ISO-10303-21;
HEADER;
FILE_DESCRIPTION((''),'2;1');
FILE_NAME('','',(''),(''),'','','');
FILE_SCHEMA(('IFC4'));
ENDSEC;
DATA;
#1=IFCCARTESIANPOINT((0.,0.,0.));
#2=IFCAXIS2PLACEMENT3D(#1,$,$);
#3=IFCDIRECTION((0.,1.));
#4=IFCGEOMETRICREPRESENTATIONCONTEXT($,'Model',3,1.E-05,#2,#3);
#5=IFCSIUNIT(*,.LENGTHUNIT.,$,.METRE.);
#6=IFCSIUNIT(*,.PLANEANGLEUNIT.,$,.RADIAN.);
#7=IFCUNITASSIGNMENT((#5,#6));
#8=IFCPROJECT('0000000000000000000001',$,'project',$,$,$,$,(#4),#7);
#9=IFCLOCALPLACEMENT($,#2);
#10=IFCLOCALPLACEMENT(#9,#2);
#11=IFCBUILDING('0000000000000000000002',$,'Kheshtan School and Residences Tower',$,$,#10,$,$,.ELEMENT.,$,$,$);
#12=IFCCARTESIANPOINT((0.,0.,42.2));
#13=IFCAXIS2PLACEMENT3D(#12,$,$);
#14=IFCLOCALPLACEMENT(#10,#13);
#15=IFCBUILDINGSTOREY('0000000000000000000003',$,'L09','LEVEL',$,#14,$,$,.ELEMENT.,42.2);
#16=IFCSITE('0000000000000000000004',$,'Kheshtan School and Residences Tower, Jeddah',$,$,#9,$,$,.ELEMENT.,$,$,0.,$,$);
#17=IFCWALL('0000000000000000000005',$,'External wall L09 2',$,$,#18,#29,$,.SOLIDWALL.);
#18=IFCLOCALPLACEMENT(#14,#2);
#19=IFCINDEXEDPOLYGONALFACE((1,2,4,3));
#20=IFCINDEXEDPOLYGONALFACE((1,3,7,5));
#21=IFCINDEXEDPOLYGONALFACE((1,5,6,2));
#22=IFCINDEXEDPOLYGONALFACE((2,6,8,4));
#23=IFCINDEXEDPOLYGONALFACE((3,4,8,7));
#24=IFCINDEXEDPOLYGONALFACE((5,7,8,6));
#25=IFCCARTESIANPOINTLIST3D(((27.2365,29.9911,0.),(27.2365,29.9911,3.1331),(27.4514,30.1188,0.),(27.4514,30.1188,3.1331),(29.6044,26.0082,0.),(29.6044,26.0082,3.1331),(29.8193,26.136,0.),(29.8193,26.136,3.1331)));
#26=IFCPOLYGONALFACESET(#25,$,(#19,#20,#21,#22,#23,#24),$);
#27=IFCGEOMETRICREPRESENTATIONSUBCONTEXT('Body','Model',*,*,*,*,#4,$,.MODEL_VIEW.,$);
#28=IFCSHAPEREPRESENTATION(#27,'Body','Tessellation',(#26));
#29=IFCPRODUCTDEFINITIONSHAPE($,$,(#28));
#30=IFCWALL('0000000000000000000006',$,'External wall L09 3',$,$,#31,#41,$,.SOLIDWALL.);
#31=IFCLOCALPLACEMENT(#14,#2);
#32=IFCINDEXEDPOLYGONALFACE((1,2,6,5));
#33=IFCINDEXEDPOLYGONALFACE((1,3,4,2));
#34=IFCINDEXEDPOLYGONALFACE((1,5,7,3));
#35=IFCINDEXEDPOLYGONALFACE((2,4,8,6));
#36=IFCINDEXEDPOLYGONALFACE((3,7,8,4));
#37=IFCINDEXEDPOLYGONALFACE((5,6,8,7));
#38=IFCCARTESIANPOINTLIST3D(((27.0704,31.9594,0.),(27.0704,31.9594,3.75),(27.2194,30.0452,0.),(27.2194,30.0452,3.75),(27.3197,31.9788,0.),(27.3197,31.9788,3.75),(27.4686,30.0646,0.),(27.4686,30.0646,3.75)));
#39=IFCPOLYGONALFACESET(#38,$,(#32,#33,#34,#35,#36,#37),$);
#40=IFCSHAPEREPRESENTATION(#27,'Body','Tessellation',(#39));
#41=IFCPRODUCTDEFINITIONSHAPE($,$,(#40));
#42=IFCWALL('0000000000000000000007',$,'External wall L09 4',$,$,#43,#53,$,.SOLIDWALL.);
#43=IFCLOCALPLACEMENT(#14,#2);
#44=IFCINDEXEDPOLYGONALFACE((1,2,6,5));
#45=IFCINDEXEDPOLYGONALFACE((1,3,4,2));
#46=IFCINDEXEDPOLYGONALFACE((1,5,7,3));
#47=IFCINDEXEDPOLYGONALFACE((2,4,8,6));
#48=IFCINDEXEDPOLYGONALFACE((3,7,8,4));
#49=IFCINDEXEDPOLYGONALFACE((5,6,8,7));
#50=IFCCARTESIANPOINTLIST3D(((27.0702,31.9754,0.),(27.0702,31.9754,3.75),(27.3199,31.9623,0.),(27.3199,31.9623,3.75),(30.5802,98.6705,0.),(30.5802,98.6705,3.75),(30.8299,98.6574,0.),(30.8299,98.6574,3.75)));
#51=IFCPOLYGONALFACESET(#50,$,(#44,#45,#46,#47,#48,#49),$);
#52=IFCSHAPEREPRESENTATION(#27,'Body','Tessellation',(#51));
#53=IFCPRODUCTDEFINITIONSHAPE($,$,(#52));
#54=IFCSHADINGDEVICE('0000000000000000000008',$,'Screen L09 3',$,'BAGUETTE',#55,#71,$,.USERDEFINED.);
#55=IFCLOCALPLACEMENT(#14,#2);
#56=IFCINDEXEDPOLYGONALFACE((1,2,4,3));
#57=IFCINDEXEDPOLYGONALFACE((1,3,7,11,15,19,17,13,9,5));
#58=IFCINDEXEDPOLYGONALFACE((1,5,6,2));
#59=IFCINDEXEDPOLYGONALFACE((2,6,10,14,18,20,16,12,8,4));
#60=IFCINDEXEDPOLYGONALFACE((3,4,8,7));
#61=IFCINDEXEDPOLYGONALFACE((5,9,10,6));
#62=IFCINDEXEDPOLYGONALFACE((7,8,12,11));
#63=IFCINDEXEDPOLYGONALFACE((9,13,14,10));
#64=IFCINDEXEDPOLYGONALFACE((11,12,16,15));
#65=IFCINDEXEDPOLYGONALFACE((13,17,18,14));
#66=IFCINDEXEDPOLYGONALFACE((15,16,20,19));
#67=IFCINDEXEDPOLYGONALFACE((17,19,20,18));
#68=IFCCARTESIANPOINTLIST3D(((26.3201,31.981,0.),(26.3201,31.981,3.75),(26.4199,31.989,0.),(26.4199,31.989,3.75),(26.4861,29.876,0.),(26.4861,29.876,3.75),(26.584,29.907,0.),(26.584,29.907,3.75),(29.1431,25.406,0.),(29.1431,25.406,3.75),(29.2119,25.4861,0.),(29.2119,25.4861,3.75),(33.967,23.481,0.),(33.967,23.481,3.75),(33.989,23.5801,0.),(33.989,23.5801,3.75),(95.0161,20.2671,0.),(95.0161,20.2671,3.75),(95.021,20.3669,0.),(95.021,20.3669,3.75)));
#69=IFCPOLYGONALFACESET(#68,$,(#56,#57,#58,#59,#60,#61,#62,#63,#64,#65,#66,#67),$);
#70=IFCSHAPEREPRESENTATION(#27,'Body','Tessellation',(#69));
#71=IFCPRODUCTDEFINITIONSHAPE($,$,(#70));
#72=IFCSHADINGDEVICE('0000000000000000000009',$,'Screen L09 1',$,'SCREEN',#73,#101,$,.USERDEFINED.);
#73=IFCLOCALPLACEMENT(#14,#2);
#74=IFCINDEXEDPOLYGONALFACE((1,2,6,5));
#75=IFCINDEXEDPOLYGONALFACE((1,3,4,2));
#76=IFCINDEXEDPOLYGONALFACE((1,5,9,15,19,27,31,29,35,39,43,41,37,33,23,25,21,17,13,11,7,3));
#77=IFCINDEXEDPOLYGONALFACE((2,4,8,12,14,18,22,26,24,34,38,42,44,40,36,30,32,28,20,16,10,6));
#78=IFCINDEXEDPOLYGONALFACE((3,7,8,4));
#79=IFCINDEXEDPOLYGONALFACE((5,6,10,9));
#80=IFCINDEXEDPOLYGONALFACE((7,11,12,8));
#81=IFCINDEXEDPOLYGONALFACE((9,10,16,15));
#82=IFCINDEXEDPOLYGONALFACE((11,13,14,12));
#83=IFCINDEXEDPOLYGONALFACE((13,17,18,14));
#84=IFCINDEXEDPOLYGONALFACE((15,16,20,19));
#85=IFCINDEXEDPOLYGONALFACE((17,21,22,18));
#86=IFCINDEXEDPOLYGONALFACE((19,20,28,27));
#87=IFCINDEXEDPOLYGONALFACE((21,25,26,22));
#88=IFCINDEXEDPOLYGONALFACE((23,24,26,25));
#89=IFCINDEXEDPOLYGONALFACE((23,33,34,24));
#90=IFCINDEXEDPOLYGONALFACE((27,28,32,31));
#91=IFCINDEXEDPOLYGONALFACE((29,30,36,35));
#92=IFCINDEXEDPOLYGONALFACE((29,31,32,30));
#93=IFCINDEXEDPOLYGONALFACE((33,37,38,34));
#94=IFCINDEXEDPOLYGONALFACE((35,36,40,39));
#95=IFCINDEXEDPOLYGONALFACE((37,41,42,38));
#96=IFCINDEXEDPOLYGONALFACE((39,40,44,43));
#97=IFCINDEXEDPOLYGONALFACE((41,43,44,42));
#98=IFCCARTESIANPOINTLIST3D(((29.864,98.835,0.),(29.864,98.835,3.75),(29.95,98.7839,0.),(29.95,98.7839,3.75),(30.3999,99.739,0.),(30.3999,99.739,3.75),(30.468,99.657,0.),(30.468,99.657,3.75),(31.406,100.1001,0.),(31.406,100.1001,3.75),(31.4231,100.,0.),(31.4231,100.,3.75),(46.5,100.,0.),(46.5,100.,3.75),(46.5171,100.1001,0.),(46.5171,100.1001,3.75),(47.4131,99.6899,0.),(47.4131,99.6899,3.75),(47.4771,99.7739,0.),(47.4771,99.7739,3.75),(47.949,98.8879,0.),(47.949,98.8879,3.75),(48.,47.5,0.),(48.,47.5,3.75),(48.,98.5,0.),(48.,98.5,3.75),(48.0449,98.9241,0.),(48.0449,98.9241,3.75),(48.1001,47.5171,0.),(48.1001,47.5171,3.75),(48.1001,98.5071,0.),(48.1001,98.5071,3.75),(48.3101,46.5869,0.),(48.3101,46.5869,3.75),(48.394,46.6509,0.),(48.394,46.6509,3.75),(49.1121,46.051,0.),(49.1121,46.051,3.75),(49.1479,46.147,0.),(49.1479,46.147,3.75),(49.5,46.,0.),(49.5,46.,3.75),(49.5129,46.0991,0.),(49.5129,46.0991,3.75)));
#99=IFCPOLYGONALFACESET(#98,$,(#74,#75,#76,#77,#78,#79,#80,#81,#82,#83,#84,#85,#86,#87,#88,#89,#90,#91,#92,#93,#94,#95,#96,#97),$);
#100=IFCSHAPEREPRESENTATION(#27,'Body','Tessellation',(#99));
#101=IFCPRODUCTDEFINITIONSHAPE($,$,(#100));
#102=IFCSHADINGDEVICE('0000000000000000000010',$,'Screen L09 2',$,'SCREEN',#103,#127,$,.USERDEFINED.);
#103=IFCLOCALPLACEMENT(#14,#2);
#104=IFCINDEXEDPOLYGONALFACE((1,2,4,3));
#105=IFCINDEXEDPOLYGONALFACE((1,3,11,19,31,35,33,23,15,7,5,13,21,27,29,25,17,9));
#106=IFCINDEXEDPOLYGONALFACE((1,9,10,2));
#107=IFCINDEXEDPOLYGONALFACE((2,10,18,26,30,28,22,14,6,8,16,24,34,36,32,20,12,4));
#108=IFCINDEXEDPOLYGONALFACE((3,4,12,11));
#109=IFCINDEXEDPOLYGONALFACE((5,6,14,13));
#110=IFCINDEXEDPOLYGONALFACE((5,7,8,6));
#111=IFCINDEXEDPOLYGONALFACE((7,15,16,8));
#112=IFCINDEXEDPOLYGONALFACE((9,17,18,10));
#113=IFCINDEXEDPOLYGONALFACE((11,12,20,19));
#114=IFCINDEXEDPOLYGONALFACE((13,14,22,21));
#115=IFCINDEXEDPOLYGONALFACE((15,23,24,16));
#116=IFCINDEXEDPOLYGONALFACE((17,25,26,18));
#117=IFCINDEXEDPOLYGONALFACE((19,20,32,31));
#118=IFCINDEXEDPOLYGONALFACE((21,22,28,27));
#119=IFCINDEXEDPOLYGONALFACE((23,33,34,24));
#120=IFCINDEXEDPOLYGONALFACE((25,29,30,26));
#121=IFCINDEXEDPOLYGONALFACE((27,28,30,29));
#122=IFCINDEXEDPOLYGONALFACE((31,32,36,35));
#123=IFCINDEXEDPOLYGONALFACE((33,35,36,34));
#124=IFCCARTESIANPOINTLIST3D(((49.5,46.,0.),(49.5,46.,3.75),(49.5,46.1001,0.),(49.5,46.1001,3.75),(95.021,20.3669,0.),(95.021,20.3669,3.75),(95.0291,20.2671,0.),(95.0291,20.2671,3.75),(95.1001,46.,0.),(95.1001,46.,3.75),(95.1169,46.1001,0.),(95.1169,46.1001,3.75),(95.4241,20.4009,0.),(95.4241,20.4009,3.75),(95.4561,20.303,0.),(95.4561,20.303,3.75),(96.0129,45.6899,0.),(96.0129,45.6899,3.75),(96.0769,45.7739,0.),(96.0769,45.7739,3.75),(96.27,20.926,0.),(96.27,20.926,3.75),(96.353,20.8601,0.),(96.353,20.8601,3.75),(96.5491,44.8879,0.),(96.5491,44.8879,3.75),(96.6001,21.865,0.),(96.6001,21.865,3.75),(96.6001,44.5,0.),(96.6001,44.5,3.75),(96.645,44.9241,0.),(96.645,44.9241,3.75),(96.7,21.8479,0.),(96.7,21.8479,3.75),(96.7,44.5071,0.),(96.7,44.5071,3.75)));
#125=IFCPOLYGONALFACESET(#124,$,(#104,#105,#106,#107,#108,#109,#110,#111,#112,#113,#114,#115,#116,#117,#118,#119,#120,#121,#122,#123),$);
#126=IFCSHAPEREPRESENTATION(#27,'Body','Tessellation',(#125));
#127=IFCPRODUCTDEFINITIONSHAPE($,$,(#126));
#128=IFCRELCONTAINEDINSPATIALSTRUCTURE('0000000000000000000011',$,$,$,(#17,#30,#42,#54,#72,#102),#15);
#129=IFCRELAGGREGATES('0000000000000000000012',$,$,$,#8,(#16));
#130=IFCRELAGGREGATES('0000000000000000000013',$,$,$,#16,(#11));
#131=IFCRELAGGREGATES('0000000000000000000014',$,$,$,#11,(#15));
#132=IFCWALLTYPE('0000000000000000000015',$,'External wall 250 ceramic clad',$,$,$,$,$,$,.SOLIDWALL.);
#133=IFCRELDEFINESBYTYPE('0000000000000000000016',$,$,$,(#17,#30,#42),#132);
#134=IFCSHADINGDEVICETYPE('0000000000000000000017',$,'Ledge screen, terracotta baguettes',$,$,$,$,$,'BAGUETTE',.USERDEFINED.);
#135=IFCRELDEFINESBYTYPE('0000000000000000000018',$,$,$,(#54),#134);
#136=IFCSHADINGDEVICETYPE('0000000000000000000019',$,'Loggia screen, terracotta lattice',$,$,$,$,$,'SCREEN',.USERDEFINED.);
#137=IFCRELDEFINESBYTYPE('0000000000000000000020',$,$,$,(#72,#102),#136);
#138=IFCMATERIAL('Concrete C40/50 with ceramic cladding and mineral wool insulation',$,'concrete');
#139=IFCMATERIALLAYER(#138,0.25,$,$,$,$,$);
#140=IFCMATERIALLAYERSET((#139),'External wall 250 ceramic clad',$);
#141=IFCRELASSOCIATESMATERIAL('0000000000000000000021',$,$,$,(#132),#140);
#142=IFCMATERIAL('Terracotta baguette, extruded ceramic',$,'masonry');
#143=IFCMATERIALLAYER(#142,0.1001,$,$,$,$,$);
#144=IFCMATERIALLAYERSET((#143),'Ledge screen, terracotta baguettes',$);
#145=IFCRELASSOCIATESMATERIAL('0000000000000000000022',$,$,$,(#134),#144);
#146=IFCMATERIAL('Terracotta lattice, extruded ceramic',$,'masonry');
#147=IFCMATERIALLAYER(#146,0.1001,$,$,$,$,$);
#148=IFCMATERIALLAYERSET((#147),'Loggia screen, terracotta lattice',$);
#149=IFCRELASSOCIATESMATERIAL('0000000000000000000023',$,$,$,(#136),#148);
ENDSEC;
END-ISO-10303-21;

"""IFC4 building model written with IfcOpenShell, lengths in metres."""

from ifc_helpers import new_model, si_unit, direction, frame, frame_2d, origin, place, context, subcontext, project, spatial, polyline, rectangle, outline, extrude, material, layer, layer_set, type_object, element, save


model = new_model("IFC4")

# Units and contexts
model_context = context("Model", 3, precision=1e-05, world=origin(), true_north=direction((0.0, 1.0)))
body_context = subcontext(model_context, "Body", "Model", "MODEL_VIEW")
ifc_project = project(units=[si_unit("LENGTHUNIT", "METRE"), si_unit("PLANEANGLEUNIT", "RADIAN")], contexts=[model_context])

# Site, building, storey
site_placement = place(None, origin())
site = spatial("IfcSite", under=ifc_project, at=site_placement, Name="Kheshtan School and Residences Tower, Jeddah", CompositionType="ELEMENT", RefElevation=0.0)
building_placement = place(site_placement, origin())
building = spatial("IfcBuilding", under=site, at=building_placement, Name="Kheshtan School and Residences Tower", CompositionType="ELEMENT")
storey_placement = place(building_placement, frame((0.0, 0.0, 42.2)))
storey = spatial("IfcBuildingStorey", under=building, at=storey_placement, Name="L09", Description="LEVEL", CompositionType="ELEMENT", Elevation=42.2)

# Walls
ifc_material_1 = material(Name="Concrete C40/50 with ceramic cladding and mineral wool insulation", Category="concrete")
ifc_layer_1 = layer(ifc_material_1, 0.25)
ifc_layer_set_1 = layer_set([ifc_layer_1], Name="External wall 250 ceramic clad")
wall_type_1 = type_object("IfcWallType", Name="External wall 250 ceramic clad", PredefinedType="SOLIDWALL", material=ifc_layer_set_1)
wall_1_placement = place(storey_placement, frame((29.7119, 26.072, 0.0), z_axis=(0.0, 0.0, 1.0), x_axis=(-0.511028, 0.859564, 0.0)))
element("IfcWall", 1, at=wall_1_placement, inside=storey, type_object=wall_type_1, Name="External wall L09 2", PredefinedType="SOLIDWALL", context=body_context, shape_type="SweptSolid", body=[
    extrude(rectangle(XDim=4.6335, YDim=0.25, at=frame_2d((2.3169, 0.0))), origin(), (0.0, 0.0, 1.0), 3.1331),
])
wall_2_placement = place(storey_placement, frame((27.344, 30.0549, 0.0), z_axis=(0.0, 0.0, 1.0), x_axis=(-0.077572, 0.996987, 0.0)))
element("IfcWall", 2, at=wall_2_placement, inside=storey, type_object=wall_type_1, Name="External wall L09 3", PredefinedType="SOLIDWALL", context=body_context, shape_type="SweptSolid", body=[
    extrude(rectangle(XDim=1.9199, YDim=0.25, at=frame_2d((0.96, 0.0))), origin(), (0.0, 0.0, 1.0), 3.75),
])
wall_3_placement = place(storey_placement, frame((27.1951, 31.969, 0.0), z_axis=(0.0, 0.0, 1.0), x_axis=(0.052555, 0.998618, 0.0)))
element("IfcWall", 3, at=wall_3_placement, inside=storey, type_object=wall_type_1, Name="External wall L09 4", PredefinedType="SOLIDWALL", context=body_context, shape_type="SweptSolid", body=[
    extrude(rectangle(XDim=66.7874, YDim=0.25, at=frame_2d((33.3936, 0.0))), origin(), (0.0, 0.0, 1.0), 3.75),
])

# Shading devices
ifc_material_2 = material(Name="Terracotta baguette, extruded ceramic", Category="masonry")
ifc_layer_2 = layer(ifc_material_2, 0.1001)
ifc_layer_set_2 = layer_set([ifc_layer_2], Name="Ledge screen, terracotta baguettes")
shading_device_type_1 = type_object("IfcShadingDeviceType", Name="Ledge screen, terracotta baguettes", ElementType="BAGUETTE", PredefinedType="USERDEFINED", material=ifc_layer_set_2)
shading_device_1_placement = place(storey_placement, origin())
element("IfcShadingDevice", 4, at=shading_device_1_placement, inside=storey, type_object=shading_device_type_1, Name="Screen L09 3", ObjectType="BAGUETTE", PredefinedType="USERDEFINED", context=body_context, shape_type="SweptSolid", body=[
    extrude(outline(polyline([(95.021, 20.3669), (33.989, 23.5801), (29.2119, 25.4861), (26.584, 29.907), (26.4199, 31.989), (26.3201, 31.981), (26.4861, 29.876), (29.1431, 25.406), (33.967, 23.481), (95.0161, 20.2671), (95.021, 20.3669)])), origin(), (0.0, 0.0, 1.0), 3.75),
])
ifc_material_3 = material(Name="Terracotta lattice, extruded ceramic", Category="masonry")
ifc_layer_3 = layer(ifc_material_3, 0.1001)
ifc_layer_set_3 = layer_set([ifc_layer_3], Name="Loggia screen, terracotta lattice")
shading_device_type_2 = type_object("IfcShadingDeviceType", Name="Loggia screen, terracotta lattice", ElementType="SCREEN", PredefinedType="USERDEFINED", material=ifc_layer_set_3)
shading_device_2_placement = place(storey_placement, origin())
element("IfcShadingDevice", 5, at=shading_device_2_placement, inside=storey, type_object=shading_device_type_2, Name="Screen L09 1", ObjectType="SCREEN", PredefinedType="USERDEFINED", context=body_context, shape_type="SweptSolid", body=[
    extrude(outline(polyline([(29.95, 98.7839), (30.468, 99.657), (31.4231, 100.0), (46.5, 100.0), (47.4131, 99.6899), (47.949, 98.8879), (48.0, 98.5), (48.0, 47.5), (48.3101, 46.5869), (49.1121, 46.051), (49.5, 46.0), (49.5129, 46.0991), (49.1479, 46.147), (48.394, 46.6509), (48.1001, 47.5171), (48.1001, 98.5071), (48.0449, 98.9241), (47.4771, 99.7739), (46.5171, 100.1001), (31.406, 100.1001), (30.3999, 99.739), (29.864, 98.835), (29.95, 98.7839)])), origin(), (0.0, 0.0, 1.0), 3.75),
])
shading_device_3_placement = place(storey_placement, origin())
element("IfcShadingDevice", 6, at=shading_device_3_placement, inside=storey, type_object=shading_device_type_2, Name="Screen L09 2", ObjectType="SCREEN", PredefinedType="USERDEFINED", context=body_context, shape_type="SweptSolid", body=[
    extrude(outline(polyline([(49.5, 46.0), (95.1001, 46.0), (96.0129, 45.6899), (96.5491, 44.8879), (96.6001, 44.5), (96.6001, 21.865), (96.27, 20.926), (95.4241, 20.4009), (95.021, 20.3669), (95.0291, 20.2671), (95.4561, 20.303), (96.353, 20.8601), (96.7, 21.8479), (96.7, 44.5071), (96.645, 44.9241), (96.0769, 45.7739), (95.1169, 46.1001), (49.5, 46.1001), (49.5, 46.0)])), origin(), (0.0, 0.0, 1.0), 3.75),
])

save(model, "model.ifc")
